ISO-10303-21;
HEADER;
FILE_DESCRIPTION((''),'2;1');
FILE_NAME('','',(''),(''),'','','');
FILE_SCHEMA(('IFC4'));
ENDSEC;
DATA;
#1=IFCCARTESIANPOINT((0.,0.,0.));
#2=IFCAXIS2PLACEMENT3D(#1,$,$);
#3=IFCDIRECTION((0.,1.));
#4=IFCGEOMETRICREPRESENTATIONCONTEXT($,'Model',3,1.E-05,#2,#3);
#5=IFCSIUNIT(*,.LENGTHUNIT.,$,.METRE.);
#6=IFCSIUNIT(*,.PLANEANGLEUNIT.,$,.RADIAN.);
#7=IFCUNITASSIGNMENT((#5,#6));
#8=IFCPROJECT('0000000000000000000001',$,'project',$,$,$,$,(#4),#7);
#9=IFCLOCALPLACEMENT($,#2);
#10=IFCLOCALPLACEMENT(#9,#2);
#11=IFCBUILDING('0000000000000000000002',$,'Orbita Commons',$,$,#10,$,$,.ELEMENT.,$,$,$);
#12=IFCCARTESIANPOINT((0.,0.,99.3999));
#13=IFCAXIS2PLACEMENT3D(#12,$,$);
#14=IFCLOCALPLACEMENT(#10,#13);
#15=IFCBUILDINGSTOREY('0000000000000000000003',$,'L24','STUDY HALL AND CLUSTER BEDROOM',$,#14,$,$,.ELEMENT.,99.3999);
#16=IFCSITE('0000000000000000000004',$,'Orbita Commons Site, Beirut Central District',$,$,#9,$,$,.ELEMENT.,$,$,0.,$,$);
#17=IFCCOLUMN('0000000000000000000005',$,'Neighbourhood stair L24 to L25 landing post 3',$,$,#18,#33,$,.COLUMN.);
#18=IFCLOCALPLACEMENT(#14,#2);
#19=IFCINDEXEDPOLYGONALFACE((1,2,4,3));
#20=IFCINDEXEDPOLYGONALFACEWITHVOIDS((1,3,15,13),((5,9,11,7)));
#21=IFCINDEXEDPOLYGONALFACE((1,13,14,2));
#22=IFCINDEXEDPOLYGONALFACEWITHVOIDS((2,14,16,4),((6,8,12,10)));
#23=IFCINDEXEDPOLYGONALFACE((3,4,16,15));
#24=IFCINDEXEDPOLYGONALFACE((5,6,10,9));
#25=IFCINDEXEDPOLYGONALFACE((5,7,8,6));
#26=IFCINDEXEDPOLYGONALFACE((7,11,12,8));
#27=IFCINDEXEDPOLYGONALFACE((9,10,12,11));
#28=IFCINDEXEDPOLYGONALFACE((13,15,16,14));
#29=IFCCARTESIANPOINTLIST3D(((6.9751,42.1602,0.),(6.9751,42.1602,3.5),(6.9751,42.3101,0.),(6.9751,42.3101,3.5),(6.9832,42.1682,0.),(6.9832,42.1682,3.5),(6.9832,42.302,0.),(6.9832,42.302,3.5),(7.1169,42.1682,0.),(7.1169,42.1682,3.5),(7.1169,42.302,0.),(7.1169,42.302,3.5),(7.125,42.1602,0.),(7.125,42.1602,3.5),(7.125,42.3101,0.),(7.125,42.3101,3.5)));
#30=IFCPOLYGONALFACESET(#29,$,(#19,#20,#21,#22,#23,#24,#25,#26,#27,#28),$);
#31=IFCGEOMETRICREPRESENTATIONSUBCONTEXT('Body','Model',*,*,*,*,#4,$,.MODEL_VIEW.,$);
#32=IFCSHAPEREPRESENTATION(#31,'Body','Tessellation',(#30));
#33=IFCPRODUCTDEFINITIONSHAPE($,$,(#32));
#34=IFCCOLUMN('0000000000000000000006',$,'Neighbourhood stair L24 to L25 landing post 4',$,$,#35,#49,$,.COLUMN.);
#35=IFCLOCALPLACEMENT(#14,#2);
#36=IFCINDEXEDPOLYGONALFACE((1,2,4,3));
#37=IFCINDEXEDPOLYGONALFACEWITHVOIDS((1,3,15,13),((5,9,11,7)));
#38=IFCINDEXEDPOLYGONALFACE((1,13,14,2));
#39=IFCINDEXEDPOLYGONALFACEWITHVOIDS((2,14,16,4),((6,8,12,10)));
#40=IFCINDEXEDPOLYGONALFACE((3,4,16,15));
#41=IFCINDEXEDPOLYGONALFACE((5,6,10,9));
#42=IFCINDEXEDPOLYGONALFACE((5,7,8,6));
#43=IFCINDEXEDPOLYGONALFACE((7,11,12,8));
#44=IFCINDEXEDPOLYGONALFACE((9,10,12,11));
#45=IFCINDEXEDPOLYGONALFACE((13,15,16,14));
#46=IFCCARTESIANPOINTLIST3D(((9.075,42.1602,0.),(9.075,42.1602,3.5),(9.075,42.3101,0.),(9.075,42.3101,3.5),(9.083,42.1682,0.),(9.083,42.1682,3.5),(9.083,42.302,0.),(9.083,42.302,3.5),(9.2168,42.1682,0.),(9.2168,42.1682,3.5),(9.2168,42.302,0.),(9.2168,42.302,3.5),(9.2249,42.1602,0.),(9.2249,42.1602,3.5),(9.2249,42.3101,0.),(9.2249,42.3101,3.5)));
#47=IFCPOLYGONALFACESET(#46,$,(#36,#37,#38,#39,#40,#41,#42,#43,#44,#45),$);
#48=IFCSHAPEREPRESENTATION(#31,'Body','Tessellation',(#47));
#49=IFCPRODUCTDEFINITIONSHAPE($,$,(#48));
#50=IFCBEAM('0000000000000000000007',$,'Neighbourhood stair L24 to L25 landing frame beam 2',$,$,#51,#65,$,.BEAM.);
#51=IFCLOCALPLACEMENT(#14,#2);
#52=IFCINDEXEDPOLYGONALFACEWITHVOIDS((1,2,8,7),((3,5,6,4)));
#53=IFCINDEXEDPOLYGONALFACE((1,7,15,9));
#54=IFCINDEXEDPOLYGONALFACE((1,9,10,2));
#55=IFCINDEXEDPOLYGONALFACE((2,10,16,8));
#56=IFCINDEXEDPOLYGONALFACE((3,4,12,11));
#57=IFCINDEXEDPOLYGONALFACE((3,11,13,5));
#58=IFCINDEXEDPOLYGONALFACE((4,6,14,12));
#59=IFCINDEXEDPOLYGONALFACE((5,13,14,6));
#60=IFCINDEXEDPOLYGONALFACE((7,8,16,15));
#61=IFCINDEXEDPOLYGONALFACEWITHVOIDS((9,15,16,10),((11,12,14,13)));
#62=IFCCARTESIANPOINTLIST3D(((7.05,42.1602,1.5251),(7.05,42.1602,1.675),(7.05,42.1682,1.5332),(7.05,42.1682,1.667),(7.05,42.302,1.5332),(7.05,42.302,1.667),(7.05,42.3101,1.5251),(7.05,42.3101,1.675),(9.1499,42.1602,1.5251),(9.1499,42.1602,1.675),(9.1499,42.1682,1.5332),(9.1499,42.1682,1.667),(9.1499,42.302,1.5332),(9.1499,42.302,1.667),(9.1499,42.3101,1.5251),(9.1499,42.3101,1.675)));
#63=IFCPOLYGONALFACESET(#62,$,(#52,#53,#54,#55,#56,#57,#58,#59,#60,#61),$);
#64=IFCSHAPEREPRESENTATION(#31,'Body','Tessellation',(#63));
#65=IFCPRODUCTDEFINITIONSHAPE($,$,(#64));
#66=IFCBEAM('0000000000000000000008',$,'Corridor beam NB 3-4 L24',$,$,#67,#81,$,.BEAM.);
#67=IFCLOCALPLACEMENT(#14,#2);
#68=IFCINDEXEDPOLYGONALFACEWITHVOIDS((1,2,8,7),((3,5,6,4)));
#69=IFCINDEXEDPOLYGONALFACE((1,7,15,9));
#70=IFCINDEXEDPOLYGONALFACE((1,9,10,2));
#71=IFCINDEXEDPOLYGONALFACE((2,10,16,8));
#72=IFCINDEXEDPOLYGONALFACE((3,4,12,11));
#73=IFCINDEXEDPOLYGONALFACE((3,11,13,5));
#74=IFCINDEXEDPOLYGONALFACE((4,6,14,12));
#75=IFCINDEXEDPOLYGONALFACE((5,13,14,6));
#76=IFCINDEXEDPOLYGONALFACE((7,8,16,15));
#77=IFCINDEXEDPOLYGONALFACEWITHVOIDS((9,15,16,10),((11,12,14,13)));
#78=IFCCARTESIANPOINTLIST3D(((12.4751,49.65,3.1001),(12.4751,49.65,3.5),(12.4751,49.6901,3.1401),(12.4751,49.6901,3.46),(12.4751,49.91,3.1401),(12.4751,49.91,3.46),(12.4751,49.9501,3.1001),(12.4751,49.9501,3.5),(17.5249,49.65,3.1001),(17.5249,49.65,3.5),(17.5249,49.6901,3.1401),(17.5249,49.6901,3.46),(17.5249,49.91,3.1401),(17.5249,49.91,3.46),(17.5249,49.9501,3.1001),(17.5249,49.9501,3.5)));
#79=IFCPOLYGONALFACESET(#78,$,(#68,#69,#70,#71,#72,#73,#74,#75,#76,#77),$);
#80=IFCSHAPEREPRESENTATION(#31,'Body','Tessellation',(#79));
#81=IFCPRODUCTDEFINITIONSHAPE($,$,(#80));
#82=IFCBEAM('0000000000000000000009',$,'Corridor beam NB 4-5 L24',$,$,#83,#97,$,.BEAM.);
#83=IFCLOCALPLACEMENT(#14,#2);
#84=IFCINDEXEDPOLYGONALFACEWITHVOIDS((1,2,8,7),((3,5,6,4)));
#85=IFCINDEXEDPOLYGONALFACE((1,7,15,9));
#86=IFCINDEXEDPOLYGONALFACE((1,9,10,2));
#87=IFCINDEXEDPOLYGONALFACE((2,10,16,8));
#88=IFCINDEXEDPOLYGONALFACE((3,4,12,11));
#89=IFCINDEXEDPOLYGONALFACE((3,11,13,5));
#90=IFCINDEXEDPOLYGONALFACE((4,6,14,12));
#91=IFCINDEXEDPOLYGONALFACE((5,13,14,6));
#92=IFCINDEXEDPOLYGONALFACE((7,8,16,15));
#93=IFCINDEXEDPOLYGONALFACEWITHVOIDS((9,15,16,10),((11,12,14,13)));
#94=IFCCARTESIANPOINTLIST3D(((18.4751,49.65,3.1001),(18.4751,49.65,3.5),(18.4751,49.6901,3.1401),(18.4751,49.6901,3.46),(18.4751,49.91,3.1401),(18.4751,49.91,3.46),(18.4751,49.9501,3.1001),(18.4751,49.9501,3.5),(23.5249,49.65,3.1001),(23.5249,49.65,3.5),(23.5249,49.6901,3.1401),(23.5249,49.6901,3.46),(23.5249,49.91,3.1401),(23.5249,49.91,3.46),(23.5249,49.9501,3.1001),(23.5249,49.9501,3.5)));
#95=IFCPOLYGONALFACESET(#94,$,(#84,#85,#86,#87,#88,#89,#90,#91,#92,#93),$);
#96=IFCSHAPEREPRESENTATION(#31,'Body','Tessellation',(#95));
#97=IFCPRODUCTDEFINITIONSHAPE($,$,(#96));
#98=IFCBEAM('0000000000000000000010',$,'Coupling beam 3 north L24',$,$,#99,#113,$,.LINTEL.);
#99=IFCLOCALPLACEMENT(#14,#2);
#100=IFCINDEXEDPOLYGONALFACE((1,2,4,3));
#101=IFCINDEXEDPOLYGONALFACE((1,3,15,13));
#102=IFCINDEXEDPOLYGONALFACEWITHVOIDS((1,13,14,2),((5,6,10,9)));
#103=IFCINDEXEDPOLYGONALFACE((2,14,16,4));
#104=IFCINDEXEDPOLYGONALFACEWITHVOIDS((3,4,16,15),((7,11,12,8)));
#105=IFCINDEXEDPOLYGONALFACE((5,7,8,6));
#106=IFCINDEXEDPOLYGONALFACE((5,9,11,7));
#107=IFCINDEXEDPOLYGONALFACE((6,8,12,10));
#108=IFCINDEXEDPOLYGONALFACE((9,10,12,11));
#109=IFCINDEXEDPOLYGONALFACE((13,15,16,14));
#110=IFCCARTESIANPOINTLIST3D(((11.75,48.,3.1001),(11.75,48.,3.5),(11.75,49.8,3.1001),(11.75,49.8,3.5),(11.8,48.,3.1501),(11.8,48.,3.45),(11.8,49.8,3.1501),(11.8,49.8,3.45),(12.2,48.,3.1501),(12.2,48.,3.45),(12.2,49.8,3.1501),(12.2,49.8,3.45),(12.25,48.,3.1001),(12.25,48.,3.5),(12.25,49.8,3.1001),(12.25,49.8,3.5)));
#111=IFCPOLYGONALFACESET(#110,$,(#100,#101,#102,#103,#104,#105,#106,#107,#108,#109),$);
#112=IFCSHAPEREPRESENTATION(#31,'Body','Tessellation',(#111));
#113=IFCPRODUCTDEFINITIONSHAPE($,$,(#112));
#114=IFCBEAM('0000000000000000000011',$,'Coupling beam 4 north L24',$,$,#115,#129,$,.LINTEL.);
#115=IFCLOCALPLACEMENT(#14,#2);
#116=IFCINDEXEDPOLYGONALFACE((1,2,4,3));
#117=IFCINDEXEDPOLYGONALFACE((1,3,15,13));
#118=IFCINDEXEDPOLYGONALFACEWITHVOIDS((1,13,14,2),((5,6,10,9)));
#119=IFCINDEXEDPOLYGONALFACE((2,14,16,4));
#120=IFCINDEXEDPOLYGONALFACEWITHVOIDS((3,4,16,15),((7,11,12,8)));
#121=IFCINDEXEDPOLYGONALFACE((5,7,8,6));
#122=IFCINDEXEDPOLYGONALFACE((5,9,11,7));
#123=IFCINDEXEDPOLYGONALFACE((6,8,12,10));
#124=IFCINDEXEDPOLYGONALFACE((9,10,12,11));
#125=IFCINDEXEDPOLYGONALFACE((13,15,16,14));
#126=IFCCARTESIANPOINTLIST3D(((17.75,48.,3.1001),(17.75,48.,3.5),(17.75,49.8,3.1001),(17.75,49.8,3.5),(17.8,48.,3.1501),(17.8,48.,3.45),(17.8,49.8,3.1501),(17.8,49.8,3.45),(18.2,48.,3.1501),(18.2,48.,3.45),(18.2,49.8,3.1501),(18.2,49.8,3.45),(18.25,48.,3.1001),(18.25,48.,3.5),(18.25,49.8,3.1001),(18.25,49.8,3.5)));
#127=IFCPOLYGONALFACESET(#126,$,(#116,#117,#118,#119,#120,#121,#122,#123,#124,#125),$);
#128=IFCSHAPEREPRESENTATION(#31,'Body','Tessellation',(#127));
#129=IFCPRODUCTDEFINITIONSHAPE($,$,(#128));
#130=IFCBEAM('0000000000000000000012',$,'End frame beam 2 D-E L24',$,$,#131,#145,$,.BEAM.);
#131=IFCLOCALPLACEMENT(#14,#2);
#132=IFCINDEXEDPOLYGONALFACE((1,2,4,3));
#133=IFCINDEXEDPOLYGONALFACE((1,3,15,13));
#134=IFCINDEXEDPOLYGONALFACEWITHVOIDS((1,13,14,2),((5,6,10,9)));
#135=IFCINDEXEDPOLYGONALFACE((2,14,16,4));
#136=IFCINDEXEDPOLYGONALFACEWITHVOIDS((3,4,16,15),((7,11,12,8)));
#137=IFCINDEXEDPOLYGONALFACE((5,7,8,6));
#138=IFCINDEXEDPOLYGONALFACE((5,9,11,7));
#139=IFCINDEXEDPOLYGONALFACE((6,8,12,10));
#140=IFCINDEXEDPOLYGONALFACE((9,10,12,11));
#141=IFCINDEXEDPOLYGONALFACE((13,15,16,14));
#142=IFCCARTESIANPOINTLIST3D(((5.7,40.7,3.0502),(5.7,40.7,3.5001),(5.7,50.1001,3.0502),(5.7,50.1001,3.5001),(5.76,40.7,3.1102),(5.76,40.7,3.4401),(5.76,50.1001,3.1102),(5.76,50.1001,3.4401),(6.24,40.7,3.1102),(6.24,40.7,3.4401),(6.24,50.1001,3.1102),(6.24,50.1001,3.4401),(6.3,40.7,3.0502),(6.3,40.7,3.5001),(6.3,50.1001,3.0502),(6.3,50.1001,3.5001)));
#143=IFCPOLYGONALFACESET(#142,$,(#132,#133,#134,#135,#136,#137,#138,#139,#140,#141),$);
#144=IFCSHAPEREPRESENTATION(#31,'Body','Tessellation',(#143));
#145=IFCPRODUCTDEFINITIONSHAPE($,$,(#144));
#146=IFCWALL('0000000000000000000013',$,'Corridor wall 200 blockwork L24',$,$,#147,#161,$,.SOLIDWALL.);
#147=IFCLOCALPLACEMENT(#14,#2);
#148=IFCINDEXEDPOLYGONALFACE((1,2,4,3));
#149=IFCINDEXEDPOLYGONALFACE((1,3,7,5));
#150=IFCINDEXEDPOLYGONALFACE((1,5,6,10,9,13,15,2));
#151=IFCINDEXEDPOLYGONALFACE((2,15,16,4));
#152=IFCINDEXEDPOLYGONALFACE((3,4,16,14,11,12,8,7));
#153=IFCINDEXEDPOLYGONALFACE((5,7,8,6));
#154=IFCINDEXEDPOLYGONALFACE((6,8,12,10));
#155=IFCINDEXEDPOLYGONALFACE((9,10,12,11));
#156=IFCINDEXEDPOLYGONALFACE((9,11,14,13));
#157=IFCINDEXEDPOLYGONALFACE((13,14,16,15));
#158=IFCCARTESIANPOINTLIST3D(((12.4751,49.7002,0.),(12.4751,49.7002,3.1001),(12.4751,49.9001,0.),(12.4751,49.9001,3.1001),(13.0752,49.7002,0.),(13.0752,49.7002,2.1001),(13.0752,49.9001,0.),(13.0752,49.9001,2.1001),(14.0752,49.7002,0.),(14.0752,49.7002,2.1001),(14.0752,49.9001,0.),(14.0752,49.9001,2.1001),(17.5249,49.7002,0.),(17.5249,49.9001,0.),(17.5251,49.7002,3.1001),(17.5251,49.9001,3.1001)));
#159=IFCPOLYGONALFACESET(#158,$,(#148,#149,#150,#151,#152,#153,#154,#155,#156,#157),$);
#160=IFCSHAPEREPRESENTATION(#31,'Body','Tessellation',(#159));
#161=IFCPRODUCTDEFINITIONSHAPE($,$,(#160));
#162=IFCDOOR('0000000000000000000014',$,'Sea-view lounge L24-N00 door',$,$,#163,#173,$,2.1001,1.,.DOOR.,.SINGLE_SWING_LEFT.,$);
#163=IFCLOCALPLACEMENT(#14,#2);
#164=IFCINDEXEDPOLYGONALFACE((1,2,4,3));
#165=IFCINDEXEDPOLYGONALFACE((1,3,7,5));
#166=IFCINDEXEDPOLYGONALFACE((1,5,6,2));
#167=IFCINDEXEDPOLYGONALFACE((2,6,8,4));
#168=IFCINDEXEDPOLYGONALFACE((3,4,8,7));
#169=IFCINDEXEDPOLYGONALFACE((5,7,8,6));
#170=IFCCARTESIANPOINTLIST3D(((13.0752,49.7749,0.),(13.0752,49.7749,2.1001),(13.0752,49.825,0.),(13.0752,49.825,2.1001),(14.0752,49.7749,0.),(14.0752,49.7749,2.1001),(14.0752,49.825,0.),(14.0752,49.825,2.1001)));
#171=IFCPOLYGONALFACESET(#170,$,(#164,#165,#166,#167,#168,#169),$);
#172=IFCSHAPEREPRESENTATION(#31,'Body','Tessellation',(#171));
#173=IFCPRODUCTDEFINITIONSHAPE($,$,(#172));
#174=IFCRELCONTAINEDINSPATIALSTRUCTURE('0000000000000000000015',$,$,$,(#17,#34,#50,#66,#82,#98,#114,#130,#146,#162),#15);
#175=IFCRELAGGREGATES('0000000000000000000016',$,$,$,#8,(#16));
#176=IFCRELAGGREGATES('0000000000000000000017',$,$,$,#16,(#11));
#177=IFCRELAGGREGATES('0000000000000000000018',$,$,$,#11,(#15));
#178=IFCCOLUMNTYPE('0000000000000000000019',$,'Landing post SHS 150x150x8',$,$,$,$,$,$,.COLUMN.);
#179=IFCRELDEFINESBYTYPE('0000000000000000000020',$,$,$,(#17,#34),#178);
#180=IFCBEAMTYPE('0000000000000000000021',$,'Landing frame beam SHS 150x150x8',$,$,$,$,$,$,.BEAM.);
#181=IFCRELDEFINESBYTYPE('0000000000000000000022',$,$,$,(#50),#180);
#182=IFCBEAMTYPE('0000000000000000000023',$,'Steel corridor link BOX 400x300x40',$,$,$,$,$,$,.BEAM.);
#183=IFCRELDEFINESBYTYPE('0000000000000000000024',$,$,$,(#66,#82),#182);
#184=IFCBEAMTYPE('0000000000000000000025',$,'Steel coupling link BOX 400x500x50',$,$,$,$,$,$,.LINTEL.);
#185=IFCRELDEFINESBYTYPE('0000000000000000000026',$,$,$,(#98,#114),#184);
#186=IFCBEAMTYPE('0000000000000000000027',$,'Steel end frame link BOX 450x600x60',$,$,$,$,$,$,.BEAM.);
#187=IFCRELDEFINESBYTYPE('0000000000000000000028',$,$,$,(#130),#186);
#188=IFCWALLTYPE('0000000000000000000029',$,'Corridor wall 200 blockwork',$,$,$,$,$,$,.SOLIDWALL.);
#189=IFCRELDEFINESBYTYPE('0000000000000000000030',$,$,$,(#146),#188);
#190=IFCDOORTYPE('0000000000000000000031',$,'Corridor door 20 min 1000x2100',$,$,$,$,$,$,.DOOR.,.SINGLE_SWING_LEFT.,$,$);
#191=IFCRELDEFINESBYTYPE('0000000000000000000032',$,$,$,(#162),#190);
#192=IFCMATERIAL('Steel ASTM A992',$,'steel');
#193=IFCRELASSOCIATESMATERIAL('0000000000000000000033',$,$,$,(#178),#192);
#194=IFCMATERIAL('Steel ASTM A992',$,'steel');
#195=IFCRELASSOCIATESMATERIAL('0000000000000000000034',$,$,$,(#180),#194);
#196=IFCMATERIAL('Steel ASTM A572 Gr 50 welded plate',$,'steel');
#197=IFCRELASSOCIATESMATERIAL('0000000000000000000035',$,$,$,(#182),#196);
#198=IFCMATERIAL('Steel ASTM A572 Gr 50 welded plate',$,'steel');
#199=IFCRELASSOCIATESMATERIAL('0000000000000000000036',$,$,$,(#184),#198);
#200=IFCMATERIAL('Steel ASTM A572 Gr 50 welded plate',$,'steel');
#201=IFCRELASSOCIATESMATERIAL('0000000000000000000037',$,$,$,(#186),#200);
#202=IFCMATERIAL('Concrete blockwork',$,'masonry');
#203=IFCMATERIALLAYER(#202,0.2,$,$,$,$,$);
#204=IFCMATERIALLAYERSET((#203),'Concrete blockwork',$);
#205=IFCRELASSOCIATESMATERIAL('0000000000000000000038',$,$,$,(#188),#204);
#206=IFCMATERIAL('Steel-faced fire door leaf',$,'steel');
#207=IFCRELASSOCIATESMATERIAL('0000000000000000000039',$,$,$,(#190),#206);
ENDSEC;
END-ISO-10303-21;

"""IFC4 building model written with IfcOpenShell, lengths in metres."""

from ifc_helpers import new_model, si_unit, direction, frame, frame_2d, origin, origin_2d, place, context, subcontext, project, spatial, polyline, rectangle, hollow_rectangle, outline, extrude, material, layer, layer_set, material_profile, profile_set, type_object, element, fill, save


model = new_model("IFC4")

# Units and contexts
model_context = context("Model", 3, precision=1e-05, world=origin(), true_north=direction((0.0, 1.0)))
body_context = subcontext(model_context, "Body", "Model", "MODEL_VIEW")
ifc_project = project(units=[si_unit("LENGTHUNIT", "METRE"), si_unit("PLANEANGLEUNIT", "RADIAN")], contexts=[model_context])

# Site, building, storey
site_placement = place(None, origin())
site = spatial("IfcSite", under=ifc_project, at=site_placement, Name="Orbita Commons Site, Beirut Central District", CompositionType="ELEMENT", RefElevation=0.0)
building_placement = place(site_placement, origin())
building = spatial("IfcBuilding", under=site, at=building_placement, Name="Orbita Commons", CompositionType="ELEMENT")
storey_placement = place(building_placement, frame((0.0, 0.0, 99.3999)))
storey = spatial("IfcBuildingStorey", under=building, at=storey_placement, Name="L24", Description="STUDY HALL AND CLUSTER BEDROOM", CompositionType="ELEMENT", Elevation=99.3999)

# Columns
ifc_material_1 = material(Name="Steel ASTM A992", Category="steel")
ifc_material_profile_1 = material_profile(ifc_material_1, hollow_rectangle(XDim=0.1499, YDim=0.1499, WallThickness=0.0081, at=origin_2d()), Name="SHS 150x150x8")
ifc_profile_set_1 = profile_set([ifc_material_profile_1], Name="Steel ASTM A992")
column_type = type_object("IfcColumnType", Name="Landing post SHS 150x150x8", PredefinedType="COLUMN", material=ifc_profile_set_1)
for number, where, z_axis, x_axis, name in (
    (1, (7.05, 42.2351, 0.0), (0.0, 0.0, 1.0), (1.0, 0.0, 0.0), "Neighbourhood stair L24 to L25 landing post 3"),
    (2, (9.1499, 42.2351, 0.0), (0.0, 0.0, 1.0), (1.0, 0.0, 0.0), "Neighbourhood stair L24 to L25 landing post 4"),
):
    element("IfcColumn", number, at=place(storey_placement, frame(where, z_axis=z_axis, x_axis=x_axis)), inside=storey, type_object=column_type, Name=name, PredefinedType="COLUMN", context=body_context, shape_type="SweptSolid", body=[
        extrude(hollow_rectangle(XDim=0.1499, YDim=0.1499, WallThickness=0.0081, at=origin_2d()), origin(), (0.0, 0.0, 1.0), 3.5),
    ])

# Beams
ifc_material_2 = material(Name="Steel ASTM A992", Category="steel")
ifc_material_profile_2 = material_profile(ifc_material_2, hollow_rectangle(XDim=0.1499, YDim=0.1499, WallThickness=0.0081, at=origin_2d()), Name="SHS 150x150x8")
ifc_profile_set_2 = profile_set([ifc_material_profile_2], Name="Steel ASTM A992")
beam_type_1 = type_object("IfcBeamType", Name="Landing frame beam SHS 150x150x8", PredefinedType="BEAM", material=ifc_profile_set_2)
beam_1_placement = place(storey_placement, frame((7.05, 42.2351, 1.6001), z_axis=(1.0, 0.0, 0.0), x_axis=(0.0, 1.0, 0.0)))
element("IfcBeam", 3, at=beam_1_placement, inside=storey, type_object=beam_type_1, Name="Neighbourhood stair L24 to L25 landing frame beam 2", PredefinedType="BEAM", context=body_context, shape_type="SweptSolid", body=[
    extrude(hollow_rectangle(XDim=0.1499, YDim=0.1499, WallThickness=0.0081, at=origin_2d()), origin(), (0.0, 0.0, 1.0), 2.0999),
])
ifc_material_3 = material(Name="Steel ASTM A572 Gr 50 welded plate", Category="steel")
ifc_material_profile_3 = material_profile(ifc_material_3, hollow_rectangle(XDim=0.3, YDim=0.3999, WallThickness=0.04, at=origin_2d()), Name="BOX 400x300x40")
ifc_profile_set_3 = profile_set([ifc_material_profile_3], Name="Steel ASTM A572 Gr 50 welded plate")
beam_type_2 = type_object("IfcBeamType", Name="Steel corridor link BOX 400x300x40", PredefinedType="BEAM", material=ifc_profile_set_3)
for number, where, z_axis, x_axis, name in (
    (4, (12.4751, 49.8, 3.3), (1.0, 0.0, 0.0), (0.0, 1.0, 0.0), "Corridor beam NB 3-4 L24"),
    (5, (18.4751, 49.8, 3.3), (1.0, 0.0, 0.0), (0.0, 1.0, 0.0), "Corridor beam NB 4-5 L24"),
):
    element("IfcBeam", number, at=place(storey_placement, frame(where, z_axis=z_axis, x_axis=x_axis)), inside=storey, type_object=beam_type_2, Name=name, PredefinedType="BEAM", context=body_context, shape_type="SweptSolid", body=[
        extrude(hollow_rectangle(XDim=0.3, YDim=0.3999, WallThickness=0.04, at=origin_2d()), origin(), (0.0, 0.0, 1.0), 5.0498),
    ])
ifc_material_4 = material(Name="Steel ASTM A572 Gr 50 welded plate", Category="steel")
ifc_material_profile_4 = material_profile(ifc_material_4, hollow_rectangle(XDim=0.5, YDim=0.3999, WallThickness=0.05, at=origin_2d()), Name="BOX 400x500x50")
ifc_profile_set_4 = profile_set([ifc_material_profile_4], Name="Steel ASTM A572 Gr 50 welded plate")
beam_type_3 = type_object("IfcBeamType", Name="Steel coupling link BOX 400x500x50", PredefinedType="LINTEL", material=ifc_profile_set_4)
for number, where, z_axis, x_axis, name in (
    (6, (12.0, 48.0, 3.3), (0.0, 1.0, 0.0), (-1.0, 0.0, 0.0), "Coupling beam 3 north L24"),
    (7, (18.0, 48.0, 3.3), (0.0, 1.0, 0.0), (-1.0, 0.0, 0.0), "Coupling beam 4 north L24"),
):
    element("IfcBeam", number, at=place(storey_placement, frame(where, z_axis=z_axis, x_axis=x_axis)), inside=storey, type_object=beam_type_3, Name=name, PredefinedType="LINTEL", context=body_context, shape_type="SweptSolid", body=[
        extrude(hollow_rectangle(XDim=0.5, YDim=0.3999, WallThickness=0.05, at=origin_2d()), origin(), (0.0, 0.0, 1.0), 1.8),
    ])
ifc_material_5 = material(Name="Steel ASTM A572 Gr 50 welded plate", Category="steel")
ifc_material_profile_5 = material_profile(ifc_material_5, hollow_rectangle(XDim=0.6001, YDim=0.45, WallThickness=0.0601, at=origin_2d()), Name="BOX 450x600x60")
ifc_profile_set_5 = profile_set([ifc_material_profile_5], Name="Steel ASTM A572 Gr 50 welded plate")
beam_type_4 = type_object("IfcBeamType", Name="Steel end frame link BOX 450x600x60", PredefinedType="BEAM", material=ifc_profile_set_5)
beam_2_placement = place(storey_placement, frame((6.0, 40.7, 3.2751), z_axis=(0.0, 1.0, 0.0), x_axis=(-1.0, 0.0, 0.0)))
element("IfcBeam", 8, at=beam_2_placement, inside=storey, type_object=beam_type_4, Name="End frame beam 2 D-E L24", PredefinedType="BEAM", context=body_context, shape_type="SweptSolid", body=[
    extrude(hollow_rectangle(XDim=0.6001, YDim=0.45, WallThickness=0.0601, at=origin_2d()), origin(), (0.0, 0.0, 1.0), 9.4001),
])

# Wall, opening, door
ifc_material_6 = material(Name="Concrete blockwork", Category="masonry")
ifc_layer_1 = layer(ifc_material_6, 0.2)
ifc_layer_set_1 = layer_set([ifc_layer_1], Name="Concrete blockwork")
wall_type_1 = type_object("IfcWallType", Name="Corridor wall 200 blockwork", PredefinedType="SOLIDWALL", material=ifc_layer_set_1)
wall_1_placement = place(storey_placement, frame((12.4751, 49.8, 0.0), z_axis=(0.0, 0.0, 1.0), x_axis=(1.0, 0.0, 0.0)))
wall_1 = element("IfcWall", 9, at=wall_1_placement, inside=storey, type_object=wall_type_1, Name="Corridor wall 200 blockwork L24", PredefinedType="SOLIDWALL", context=body_context, shape_type="SweptSolid", body=[
    extrude(outline(polyline([(0.0, 0.0), (5.0498, 0.0), (5.05, 3.1001), (0.0, 3.1001), (0.0, 0.0)])), frame((0.0, 0.1001, 0.0), z_axis=(0.0, -1.0, 0.0), x_axis=(1.0, 0.0, 0.0)), (0.0, 0.0, 1.0), 0.2),
])
opening_1_placement = place(wall_1_placement, frame((0.6001, 0.0, 0.0)))
opening_1 = element("IfcOpeningElement", 10, at=opening_1_placement, cuts=wall_1, PredefinedType="OPENING", context=body_context, shape_type="SweptSolid", body=[
    extrude(rectangle(XDim=1.0, YDim=2.1001, at=frame_2d((0.5, 1.05))), frame((0.0, 0.1099, 0.0), z_axis=(0.0, -1.0, 0.0), x_axis=(1.0, 0.0, 0.0)), (0.0, 0.0, 1.0), 0.22),
])
ifc_material_7 = material(Name="Steel-faced fire door leaf", Category="steel")
door_type_1 = type_object("IfcDoorType", Name="Corridor door 20 min 1000x2100", OperationType="SINGLE_SWING_LEFT", PredefinedType="DOOR", material=ifc_material_7)
door_1_placement = place(opening_1_placement, origin())
door_1 = element("IfcDoor", 11, at=door_1_placement, inside=storey, type_object=door_type_1, Name="Sea-view lounge L24-N00 door", OperationType="SINGLE_SWING_LEFT", OverallHeight=2.1001, OverallWidth=1.0, PredefinedType="DOOR", context=body_context, shape_type="SweptSolid", body=[
    extrude(rectangle(XDim=1.0, YDim=2.1001, at=frame_2d((0.5, 1.05))), frame((0.0, 0.0249, 0.0), z_axis=(0.0, -1.0, 0.0), x_axis=(1.0, 0.0, 0.0)), (0.0, 0.0, 1.0), 0.05),
])
fill(opening_1, door_1)

save(model, "model.ifc")
